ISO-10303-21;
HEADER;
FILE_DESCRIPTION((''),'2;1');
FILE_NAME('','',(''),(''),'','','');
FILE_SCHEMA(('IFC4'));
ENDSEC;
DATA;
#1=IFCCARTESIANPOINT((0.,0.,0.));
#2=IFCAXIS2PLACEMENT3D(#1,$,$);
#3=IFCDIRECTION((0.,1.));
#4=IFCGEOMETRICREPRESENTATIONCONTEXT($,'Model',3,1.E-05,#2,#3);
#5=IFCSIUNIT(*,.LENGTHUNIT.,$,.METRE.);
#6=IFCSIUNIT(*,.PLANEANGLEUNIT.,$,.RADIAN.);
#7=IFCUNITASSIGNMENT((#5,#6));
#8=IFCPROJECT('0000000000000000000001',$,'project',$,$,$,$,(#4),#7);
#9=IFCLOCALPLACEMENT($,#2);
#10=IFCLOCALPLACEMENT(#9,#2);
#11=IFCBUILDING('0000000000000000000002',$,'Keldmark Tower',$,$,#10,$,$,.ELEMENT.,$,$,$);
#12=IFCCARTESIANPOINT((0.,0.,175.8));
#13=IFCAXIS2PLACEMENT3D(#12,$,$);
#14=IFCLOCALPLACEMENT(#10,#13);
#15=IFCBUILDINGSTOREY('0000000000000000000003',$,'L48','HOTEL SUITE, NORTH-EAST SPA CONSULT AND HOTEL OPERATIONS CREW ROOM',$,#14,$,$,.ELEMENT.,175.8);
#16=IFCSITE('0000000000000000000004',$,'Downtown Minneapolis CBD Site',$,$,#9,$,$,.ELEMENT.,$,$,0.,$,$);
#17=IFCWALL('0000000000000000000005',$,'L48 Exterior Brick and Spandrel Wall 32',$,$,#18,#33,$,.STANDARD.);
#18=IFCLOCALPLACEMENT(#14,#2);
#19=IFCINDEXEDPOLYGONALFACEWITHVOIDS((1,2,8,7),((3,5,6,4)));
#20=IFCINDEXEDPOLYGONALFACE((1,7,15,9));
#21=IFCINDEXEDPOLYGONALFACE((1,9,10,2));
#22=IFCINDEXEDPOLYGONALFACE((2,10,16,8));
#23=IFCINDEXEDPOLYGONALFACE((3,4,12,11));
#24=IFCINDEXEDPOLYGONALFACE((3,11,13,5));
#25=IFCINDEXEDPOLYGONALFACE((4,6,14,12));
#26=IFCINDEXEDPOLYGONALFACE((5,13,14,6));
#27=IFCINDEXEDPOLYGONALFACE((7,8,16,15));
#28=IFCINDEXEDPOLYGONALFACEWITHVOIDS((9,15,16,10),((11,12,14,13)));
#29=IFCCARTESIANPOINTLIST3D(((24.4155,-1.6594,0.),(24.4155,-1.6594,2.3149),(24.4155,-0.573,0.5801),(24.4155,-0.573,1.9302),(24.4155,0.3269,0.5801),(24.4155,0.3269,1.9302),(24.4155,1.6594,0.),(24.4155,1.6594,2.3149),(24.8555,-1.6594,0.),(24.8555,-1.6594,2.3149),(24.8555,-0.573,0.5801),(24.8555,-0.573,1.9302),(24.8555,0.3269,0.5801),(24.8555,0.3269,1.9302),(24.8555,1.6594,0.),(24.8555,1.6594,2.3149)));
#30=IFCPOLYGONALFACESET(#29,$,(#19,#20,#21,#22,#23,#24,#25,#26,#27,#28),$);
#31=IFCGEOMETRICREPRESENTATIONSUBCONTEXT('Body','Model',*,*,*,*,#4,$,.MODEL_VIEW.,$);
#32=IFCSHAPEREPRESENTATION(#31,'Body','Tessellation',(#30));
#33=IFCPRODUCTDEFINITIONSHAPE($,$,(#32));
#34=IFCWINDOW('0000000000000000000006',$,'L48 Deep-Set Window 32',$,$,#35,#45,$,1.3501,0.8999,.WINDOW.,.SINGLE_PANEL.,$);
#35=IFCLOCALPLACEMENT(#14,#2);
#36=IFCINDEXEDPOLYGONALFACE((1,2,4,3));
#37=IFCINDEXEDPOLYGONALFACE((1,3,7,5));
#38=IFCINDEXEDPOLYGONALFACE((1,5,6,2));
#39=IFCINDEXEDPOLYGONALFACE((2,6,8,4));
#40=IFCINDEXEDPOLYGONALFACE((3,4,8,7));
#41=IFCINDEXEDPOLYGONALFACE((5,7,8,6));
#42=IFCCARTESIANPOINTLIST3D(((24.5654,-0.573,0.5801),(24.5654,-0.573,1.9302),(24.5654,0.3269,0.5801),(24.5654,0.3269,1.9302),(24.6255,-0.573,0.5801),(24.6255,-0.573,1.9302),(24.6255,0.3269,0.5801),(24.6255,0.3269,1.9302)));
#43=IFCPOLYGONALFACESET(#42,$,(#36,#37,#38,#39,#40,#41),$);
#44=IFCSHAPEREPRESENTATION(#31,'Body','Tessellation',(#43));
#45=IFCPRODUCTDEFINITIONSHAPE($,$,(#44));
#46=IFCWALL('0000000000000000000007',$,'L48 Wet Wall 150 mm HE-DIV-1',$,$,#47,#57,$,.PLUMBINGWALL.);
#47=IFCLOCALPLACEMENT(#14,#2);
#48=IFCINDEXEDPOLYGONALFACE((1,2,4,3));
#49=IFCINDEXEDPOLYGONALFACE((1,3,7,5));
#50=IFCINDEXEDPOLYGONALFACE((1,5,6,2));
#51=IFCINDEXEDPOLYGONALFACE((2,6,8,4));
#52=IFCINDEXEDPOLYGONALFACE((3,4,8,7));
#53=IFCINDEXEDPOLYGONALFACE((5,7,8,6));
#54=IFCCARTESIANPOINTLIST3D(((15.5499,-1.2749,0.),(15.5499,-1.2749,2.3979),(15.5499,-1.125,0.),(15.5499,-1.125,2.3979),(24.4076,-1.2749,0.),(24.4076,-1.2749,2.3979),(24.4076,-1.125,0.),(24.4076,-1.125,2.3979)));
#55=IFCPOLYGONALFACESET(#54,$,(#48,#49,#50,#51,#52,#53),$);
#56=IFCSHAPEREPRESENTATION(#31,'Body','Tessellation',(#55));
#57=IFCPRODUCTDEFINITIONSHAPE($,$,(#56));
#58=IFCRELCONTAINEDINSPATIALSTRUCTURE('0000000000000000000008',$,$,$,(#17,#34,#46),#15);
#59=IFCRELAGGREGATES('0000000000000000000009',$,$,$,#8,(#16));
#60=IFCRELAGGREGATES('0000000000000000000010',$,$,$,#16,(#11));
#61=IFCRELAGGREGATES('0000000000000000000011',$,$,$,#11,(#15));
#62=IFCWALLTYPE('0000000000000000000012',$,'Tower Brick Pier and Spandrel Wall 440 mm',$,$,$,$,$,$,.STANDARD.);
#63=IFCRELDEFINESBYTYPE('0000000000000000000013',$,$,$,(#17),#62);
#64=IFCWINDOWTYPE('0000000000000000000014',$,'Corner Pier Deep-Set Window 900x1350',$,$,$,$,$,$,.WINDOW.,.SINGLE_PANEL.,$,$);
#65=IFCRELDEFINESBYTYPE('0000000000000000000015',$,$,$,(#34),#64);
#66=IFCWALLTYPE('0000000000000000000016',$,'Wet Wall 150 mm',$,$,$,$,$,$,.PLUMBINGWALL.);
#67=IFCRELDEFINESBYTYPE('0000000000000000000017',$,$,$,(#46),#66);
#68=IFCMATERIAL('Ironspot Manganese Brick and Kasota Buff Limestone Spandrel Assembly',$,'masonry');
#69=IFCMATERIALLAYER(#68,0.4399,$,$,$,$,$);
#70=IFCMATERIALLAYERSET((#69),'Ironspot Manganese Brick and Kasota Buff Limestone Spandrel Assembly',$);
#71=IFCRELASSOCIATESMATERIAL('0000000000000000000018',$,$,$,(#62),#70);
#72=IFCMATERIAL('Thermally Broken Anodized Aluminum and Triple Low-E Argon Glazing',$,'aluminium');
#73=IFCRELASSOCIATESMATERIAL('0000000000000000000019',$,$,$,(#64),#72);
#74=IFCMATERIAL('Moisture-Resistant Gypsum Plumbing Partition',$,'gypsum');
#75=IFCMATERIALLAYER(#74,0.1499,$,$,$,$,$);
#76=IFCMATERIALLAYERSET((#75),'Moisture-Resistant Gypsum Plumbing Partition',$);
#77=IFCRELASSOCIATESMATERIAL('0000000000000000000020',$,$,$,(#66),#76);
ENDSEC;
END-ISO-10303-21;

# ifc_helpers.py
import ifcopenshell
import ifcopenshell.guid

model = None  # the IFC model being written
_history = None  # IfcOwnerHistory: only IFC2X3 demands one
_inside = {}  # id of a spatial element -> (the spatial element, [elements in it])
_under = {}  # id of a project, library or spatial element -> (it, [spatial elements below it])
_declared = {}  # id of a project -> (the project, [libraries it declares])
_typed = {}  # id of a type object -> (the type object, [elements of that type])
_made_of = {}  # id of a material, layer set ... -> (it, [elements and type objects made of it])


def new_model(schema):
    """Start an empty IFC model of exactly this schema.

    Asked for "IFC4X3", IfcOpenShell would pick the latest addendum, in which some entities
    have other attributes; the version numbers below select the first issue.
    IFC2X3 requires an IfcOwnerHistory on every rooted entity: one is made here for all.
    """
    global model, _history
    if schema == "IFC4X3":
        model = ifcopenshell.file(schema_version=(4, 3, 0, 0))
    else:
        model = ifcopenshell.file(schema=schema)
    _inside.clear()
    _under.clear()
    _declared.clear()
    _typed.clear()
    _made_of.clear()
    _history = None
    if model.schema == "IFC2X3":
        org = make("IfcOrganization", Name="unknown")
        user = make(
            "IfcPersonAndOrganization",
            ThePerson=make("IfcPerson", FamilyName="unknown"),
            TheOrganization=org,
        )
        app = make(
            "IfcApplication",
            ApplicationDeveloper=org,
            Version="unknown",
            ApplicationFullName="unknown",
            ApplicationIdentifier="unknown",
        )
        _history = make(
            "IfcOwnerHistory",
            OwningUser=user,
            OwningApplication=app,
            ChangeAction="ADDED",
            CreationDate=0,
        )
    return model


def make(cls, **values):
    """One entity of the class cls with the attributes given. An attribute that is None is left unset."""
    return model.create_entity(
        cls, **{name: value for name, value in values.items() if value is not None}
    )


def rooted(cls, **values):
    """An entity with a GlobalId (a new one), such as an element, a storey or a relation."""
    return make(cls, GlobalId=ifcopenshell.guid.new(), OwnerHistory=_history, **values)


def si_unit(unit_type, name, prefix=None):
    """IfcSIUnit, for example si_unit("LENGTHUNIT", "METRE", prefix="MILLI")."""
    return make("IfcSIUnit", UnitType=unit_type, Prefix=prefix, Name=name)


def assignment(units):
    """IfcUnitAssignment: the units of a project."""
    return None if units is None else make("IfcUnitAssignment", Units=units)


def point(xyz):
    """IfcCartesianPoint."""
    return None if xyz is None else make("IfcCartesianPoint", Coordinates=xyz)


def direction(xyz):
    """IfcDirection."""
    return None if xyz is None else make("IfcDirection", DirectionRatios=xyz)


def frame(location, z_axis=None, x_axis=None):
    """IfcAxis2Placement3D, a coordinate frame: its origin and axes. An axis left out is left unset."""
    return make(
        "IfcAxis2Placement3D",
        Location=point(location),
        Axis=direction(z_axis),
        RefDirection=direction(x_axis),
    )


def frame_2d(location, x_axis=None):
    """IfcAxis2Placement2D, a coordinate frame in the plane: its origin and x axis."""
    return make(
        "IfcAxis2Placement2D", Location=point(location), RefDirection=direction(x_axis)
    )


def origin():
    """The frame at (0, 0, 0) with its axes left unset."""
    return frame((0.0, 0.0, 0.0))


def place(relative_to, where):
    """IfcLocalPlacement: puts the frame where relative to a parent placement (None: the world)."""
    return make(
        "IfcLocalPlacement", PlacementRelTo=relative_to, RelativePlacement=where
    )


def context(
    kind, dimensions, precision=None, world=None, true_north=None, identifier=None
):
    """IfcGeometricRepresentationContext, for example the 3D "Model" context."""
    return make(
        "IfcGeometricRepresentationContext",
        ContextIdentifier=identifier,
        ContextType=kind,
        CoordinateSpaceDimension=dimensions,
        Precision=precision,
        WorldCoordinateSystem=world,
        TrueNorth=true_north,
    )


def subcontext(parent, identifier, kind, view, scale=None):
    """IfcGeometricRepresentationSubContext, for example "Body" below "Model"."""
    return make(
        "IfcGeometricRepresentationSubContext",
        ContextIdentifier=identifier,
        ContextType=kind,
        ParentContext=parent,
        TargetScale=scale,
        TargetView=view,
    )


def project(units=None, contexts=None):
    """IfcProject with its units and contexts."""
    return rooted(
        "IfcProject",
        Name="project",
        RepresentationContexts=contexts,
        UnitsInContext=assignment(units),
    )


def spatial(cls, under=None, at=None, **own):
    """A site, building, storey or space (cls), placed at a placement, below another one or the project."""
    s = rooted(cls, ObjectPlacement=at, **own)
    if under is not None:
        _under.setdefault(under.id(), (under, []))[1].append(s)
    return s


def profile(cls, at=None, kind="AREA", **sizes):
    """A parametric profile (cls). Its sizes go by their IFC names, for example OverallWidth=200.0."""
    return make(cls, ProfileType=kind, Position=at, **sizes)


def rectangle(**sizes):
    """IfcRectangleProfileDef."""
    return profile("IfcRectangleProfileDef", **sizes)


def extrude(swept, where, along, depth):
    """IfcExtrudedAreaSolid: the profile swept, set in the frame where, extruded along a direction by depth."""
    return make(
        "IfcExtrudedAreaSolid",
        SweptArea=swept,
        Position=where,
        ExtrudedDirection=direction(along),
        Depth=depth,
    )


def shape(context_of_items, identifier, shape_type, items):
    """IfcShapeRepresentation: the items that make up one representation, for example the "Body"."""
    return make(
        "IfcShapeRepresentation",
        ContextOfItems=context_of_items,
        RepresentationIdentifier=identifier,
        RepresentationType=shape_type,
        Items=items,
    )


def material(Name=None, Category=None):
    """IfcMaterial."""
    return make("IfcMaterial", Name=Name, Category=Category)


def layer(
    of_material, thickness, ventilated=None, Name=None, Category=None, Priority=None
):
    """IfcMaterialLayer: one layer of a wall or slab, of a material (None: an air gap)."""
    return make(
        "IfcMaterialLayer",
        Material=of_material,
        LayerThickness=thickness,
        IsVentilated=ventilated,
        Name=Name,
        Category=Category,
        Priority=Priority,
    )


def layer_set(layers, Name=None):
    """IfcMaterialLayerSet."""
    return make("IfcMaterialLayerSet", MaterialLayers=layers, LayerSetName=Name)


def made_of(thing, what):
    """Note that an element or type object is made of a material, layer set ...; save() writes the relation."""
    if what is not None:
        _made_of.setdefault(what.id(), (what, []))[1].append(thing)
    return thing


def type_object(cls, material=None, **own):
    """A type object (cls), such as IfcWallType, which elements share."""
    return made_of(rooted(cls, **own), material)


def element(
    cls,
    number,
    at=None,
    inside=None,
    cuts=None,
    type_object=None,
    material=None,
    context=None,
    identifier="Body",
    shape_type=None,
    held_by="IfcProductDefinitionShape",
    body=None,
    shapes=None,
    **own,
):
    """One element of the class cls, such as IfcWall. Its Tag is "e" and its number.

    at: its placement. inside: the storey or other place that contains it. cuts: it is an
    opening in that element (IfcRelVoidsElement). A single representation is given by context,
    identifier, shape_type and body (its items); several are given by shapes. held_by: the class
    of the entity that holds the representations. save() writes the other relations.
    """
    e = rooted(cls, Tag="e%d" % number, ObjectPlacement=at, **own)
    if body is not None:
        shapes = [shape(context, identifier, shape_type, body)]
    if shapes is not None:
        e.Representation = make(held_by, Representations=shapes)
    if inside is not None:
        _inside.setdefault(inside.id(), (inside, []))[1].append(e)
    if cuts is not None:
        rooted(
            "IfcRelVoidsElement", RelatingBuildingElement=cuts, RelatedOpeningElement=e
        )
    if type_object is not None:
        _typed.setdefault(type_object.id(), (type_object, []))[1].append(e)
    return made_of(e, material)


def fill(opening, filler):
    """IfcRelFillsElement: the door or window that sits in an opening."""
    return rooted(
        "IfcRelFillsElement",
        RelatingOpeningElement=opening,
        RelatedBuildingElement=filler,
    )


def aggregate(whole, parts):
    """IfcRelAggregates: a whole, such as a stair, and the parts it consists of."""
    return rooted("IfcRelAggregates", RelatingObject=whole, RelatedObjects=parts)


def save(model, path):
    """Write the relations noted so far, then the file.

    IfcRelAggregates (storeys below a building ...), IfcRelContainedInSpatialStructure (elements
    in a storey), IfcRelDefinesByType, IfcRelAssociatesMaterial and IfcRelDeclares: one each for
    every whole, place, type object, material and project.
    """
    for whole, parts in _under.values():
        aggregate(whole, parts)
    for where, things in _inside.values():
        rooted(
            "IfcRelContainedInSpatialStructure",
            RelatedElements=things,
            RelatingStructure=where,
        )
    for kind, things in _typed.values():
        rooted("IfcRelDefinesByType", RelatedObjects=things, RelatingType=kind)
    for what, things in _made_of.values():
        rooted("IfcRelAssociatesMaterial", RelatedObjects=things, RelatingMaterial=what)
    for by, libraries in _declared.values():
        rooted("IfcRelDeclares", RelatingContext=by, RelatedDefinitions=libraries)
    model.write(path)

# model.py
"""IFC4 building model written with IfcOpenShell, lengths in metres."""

from ifc_helpers import new_model, si_unit, direction, frame, frame_2d, origin, place, context, subcontext, project, spatial, rectangle, extrude, material, layer, layer_set, type_object, element, fill, save


model = new_model("IFC4")

# Units and contexts
model_context = context("Model", 3, precision=1e-05, world=origin(), true_north=direction((0.0, 1.0)))
body_context = subcontext(model_context, "Body", "Model", "MODEL_VIEW")
ifc_project = project(units=[si_unit("LENGTHUNIT", "METRE"), si_unit("PLANEANGLEUNIT", "RADIAN")], contexts=[model_context])

# Site, building, storey
site_placement = place(None, origin())
site = spatial("IfcSite", under=ifc_project, at=site_placement, Name="Downtown Minneapolis CBD Site", CompositionType="ELEMENT", RefElevation=0.0)
building_placement = place(site_placement, origin())
building = spatial("IfcBuilding", under=site, at=building_placement, Name="Keldmark Tower", CompositionType="ELEMENT")
storey_placement = place(building_placement, frame((0.0, 0.0, 175.8)))
storey = spatial("IfcBuildingStorey", under=building, at=storey_placement, Name="L48", Description="HOTEL SUITE, NORTH-EAST SPA CONSULT AND HOTEL OPERATIONS CREW ROOM", CompositionType="ELEMENT", Elevation=175.8)

# Wall, opening, window
ifc_material_1 = material(Name="Ironspot Manganese Brick and Kasota Buff Limestone Spandrel Assembly", Category="masonry")
ifc_layer_1 = layer(ifc_material_1, 0.4399)
ifc_layer_set_1 = layer_set([ifc_layer_1], Name="Ironspot Manganese Brick and Kasota Buff Limestone Spandrel Assembly")
wall_type_1 = type_object("IfcWallType", Name="Tower Brick Pier and Spandrel Wall 440 mm", PredefinedType="STANDARD", material=ifc_layer_set_1)
wall_1_placement = place(storey_placement, frame((24.6355, 1.6594, 0.0), z_axis=(0.0, 0.0, 1.0), x_axis=(0.0, -1.0, 0.0)))
wall_1 = element("IfcWall", 1, at=wall_1_placement, inside=storey, type_object=wall_type_1, Name="L48 Exterior Brick and Spandrel Wall 32", PredefinedType="STANDARD", context=body_context, shape_type="SweptSolid", body=[
    extrude(rectangle(XDim=3.3188, YDim=0.4399, at=frame_2d((1.6594, 0.0))), origin(), (0.0, 0.0, 1.0), 2.3149),
])
opening_1_placement = place(wall_1_placement, frame((1.3325, 0.0, 0.5801)))
opening_1 = element("IfcOpeningElement", 2, at=opening_1_placement, cuts=wall_1, PredefinedType="OPENING", context=body_context, shape_type="SweptSolid", body=[
    extrude(rectangle(XDim=0.8999, YDim=1.3501, at=frame_2d((0.45, 0.675))), frame((0.0, 0.23, 0.0), z_axis=(0.0, -1.0, 0.0), x_axis=(1.0, 0.0, 0.0)), (0.0, 0.0, 1.0), 0.46),
])
ifc_material_2 = material(Name="Thermally Broken Anodized Aluminum and Triple Low-E Argon Glazing", Category="aluminium")
window_type_1 = type_object("IfcWindowType", Name="Corner Pier Deep-Set Window 900x1350", PartitioningType="SINGLE_PANEL", PredefinedType="WINDOW", material=ifc_material_2)
window_1_placement = place(opening_1_placement, origin())
window_1 = element("IfcWindow", 3, at=window_1_placement, inside=storey, type_object=window_type_1, Name="L48 Deep-Set Window 32", OverallHeight=1.3501, OverallWidth=0.8999, PartitioningType="SINGLE_PANEL", PredefinedType="WINDOW", context=body_context, shape_type="SweptSolid", body=[
    extrude(rectangle(XDim=0.8999, YDim=1.3501, at=frame_2d((0.45, 0.675))), frame((0.0, -0.01, 0.0), z_axis=(0.0, -1.0, 0.0), x_axis=(1.0, 0.0, 0.0)), (0.0, 0.0, 1.0), 0.0601),
])
fill(opening_1, window_1)

# Wall
ifc_material_3 = material(Name="Moisture-Resistant Gypsum Plumbing Partition", Category="gypsum")
ifc_layer_2 = layer(ifc_material_3, 0.1499)
ifc_layer_set_2 = layer_set([ifc_layer_2], Name="Moisture-Resistant Gypsum Plumbing Partition")
wall_type_2 = type_object("IfcWallType", Name="Wet Wall 150 mm", PredefinedType="PLUMBINGWALL", material=ifc_layer_set_2)
wall_2_placement = place(storey_placement, frame((15.55, -1.2, 0.0), z_axis=(0.0, 0.0, 1.0), x_axis=(1.0, 0.0, 0.0)))
element("IfcWall", 4, at=wall_2_placement, inside=storey, type_object=wall_type_2, Name="L48 Wet Wall 150 mm HE-DIV-1", PredefinedType="PLUMBINGWALL", context=body_context, shape_type="SweptSolid", body=[
    extrude(rectangle(XDim=8.8577, YDim=0.1499, at=frame_2d((4.4287, 0.0))), origin(), (0.0, 0.0, 1.0), 2.3979),
])

save(model, "model.ifc")
